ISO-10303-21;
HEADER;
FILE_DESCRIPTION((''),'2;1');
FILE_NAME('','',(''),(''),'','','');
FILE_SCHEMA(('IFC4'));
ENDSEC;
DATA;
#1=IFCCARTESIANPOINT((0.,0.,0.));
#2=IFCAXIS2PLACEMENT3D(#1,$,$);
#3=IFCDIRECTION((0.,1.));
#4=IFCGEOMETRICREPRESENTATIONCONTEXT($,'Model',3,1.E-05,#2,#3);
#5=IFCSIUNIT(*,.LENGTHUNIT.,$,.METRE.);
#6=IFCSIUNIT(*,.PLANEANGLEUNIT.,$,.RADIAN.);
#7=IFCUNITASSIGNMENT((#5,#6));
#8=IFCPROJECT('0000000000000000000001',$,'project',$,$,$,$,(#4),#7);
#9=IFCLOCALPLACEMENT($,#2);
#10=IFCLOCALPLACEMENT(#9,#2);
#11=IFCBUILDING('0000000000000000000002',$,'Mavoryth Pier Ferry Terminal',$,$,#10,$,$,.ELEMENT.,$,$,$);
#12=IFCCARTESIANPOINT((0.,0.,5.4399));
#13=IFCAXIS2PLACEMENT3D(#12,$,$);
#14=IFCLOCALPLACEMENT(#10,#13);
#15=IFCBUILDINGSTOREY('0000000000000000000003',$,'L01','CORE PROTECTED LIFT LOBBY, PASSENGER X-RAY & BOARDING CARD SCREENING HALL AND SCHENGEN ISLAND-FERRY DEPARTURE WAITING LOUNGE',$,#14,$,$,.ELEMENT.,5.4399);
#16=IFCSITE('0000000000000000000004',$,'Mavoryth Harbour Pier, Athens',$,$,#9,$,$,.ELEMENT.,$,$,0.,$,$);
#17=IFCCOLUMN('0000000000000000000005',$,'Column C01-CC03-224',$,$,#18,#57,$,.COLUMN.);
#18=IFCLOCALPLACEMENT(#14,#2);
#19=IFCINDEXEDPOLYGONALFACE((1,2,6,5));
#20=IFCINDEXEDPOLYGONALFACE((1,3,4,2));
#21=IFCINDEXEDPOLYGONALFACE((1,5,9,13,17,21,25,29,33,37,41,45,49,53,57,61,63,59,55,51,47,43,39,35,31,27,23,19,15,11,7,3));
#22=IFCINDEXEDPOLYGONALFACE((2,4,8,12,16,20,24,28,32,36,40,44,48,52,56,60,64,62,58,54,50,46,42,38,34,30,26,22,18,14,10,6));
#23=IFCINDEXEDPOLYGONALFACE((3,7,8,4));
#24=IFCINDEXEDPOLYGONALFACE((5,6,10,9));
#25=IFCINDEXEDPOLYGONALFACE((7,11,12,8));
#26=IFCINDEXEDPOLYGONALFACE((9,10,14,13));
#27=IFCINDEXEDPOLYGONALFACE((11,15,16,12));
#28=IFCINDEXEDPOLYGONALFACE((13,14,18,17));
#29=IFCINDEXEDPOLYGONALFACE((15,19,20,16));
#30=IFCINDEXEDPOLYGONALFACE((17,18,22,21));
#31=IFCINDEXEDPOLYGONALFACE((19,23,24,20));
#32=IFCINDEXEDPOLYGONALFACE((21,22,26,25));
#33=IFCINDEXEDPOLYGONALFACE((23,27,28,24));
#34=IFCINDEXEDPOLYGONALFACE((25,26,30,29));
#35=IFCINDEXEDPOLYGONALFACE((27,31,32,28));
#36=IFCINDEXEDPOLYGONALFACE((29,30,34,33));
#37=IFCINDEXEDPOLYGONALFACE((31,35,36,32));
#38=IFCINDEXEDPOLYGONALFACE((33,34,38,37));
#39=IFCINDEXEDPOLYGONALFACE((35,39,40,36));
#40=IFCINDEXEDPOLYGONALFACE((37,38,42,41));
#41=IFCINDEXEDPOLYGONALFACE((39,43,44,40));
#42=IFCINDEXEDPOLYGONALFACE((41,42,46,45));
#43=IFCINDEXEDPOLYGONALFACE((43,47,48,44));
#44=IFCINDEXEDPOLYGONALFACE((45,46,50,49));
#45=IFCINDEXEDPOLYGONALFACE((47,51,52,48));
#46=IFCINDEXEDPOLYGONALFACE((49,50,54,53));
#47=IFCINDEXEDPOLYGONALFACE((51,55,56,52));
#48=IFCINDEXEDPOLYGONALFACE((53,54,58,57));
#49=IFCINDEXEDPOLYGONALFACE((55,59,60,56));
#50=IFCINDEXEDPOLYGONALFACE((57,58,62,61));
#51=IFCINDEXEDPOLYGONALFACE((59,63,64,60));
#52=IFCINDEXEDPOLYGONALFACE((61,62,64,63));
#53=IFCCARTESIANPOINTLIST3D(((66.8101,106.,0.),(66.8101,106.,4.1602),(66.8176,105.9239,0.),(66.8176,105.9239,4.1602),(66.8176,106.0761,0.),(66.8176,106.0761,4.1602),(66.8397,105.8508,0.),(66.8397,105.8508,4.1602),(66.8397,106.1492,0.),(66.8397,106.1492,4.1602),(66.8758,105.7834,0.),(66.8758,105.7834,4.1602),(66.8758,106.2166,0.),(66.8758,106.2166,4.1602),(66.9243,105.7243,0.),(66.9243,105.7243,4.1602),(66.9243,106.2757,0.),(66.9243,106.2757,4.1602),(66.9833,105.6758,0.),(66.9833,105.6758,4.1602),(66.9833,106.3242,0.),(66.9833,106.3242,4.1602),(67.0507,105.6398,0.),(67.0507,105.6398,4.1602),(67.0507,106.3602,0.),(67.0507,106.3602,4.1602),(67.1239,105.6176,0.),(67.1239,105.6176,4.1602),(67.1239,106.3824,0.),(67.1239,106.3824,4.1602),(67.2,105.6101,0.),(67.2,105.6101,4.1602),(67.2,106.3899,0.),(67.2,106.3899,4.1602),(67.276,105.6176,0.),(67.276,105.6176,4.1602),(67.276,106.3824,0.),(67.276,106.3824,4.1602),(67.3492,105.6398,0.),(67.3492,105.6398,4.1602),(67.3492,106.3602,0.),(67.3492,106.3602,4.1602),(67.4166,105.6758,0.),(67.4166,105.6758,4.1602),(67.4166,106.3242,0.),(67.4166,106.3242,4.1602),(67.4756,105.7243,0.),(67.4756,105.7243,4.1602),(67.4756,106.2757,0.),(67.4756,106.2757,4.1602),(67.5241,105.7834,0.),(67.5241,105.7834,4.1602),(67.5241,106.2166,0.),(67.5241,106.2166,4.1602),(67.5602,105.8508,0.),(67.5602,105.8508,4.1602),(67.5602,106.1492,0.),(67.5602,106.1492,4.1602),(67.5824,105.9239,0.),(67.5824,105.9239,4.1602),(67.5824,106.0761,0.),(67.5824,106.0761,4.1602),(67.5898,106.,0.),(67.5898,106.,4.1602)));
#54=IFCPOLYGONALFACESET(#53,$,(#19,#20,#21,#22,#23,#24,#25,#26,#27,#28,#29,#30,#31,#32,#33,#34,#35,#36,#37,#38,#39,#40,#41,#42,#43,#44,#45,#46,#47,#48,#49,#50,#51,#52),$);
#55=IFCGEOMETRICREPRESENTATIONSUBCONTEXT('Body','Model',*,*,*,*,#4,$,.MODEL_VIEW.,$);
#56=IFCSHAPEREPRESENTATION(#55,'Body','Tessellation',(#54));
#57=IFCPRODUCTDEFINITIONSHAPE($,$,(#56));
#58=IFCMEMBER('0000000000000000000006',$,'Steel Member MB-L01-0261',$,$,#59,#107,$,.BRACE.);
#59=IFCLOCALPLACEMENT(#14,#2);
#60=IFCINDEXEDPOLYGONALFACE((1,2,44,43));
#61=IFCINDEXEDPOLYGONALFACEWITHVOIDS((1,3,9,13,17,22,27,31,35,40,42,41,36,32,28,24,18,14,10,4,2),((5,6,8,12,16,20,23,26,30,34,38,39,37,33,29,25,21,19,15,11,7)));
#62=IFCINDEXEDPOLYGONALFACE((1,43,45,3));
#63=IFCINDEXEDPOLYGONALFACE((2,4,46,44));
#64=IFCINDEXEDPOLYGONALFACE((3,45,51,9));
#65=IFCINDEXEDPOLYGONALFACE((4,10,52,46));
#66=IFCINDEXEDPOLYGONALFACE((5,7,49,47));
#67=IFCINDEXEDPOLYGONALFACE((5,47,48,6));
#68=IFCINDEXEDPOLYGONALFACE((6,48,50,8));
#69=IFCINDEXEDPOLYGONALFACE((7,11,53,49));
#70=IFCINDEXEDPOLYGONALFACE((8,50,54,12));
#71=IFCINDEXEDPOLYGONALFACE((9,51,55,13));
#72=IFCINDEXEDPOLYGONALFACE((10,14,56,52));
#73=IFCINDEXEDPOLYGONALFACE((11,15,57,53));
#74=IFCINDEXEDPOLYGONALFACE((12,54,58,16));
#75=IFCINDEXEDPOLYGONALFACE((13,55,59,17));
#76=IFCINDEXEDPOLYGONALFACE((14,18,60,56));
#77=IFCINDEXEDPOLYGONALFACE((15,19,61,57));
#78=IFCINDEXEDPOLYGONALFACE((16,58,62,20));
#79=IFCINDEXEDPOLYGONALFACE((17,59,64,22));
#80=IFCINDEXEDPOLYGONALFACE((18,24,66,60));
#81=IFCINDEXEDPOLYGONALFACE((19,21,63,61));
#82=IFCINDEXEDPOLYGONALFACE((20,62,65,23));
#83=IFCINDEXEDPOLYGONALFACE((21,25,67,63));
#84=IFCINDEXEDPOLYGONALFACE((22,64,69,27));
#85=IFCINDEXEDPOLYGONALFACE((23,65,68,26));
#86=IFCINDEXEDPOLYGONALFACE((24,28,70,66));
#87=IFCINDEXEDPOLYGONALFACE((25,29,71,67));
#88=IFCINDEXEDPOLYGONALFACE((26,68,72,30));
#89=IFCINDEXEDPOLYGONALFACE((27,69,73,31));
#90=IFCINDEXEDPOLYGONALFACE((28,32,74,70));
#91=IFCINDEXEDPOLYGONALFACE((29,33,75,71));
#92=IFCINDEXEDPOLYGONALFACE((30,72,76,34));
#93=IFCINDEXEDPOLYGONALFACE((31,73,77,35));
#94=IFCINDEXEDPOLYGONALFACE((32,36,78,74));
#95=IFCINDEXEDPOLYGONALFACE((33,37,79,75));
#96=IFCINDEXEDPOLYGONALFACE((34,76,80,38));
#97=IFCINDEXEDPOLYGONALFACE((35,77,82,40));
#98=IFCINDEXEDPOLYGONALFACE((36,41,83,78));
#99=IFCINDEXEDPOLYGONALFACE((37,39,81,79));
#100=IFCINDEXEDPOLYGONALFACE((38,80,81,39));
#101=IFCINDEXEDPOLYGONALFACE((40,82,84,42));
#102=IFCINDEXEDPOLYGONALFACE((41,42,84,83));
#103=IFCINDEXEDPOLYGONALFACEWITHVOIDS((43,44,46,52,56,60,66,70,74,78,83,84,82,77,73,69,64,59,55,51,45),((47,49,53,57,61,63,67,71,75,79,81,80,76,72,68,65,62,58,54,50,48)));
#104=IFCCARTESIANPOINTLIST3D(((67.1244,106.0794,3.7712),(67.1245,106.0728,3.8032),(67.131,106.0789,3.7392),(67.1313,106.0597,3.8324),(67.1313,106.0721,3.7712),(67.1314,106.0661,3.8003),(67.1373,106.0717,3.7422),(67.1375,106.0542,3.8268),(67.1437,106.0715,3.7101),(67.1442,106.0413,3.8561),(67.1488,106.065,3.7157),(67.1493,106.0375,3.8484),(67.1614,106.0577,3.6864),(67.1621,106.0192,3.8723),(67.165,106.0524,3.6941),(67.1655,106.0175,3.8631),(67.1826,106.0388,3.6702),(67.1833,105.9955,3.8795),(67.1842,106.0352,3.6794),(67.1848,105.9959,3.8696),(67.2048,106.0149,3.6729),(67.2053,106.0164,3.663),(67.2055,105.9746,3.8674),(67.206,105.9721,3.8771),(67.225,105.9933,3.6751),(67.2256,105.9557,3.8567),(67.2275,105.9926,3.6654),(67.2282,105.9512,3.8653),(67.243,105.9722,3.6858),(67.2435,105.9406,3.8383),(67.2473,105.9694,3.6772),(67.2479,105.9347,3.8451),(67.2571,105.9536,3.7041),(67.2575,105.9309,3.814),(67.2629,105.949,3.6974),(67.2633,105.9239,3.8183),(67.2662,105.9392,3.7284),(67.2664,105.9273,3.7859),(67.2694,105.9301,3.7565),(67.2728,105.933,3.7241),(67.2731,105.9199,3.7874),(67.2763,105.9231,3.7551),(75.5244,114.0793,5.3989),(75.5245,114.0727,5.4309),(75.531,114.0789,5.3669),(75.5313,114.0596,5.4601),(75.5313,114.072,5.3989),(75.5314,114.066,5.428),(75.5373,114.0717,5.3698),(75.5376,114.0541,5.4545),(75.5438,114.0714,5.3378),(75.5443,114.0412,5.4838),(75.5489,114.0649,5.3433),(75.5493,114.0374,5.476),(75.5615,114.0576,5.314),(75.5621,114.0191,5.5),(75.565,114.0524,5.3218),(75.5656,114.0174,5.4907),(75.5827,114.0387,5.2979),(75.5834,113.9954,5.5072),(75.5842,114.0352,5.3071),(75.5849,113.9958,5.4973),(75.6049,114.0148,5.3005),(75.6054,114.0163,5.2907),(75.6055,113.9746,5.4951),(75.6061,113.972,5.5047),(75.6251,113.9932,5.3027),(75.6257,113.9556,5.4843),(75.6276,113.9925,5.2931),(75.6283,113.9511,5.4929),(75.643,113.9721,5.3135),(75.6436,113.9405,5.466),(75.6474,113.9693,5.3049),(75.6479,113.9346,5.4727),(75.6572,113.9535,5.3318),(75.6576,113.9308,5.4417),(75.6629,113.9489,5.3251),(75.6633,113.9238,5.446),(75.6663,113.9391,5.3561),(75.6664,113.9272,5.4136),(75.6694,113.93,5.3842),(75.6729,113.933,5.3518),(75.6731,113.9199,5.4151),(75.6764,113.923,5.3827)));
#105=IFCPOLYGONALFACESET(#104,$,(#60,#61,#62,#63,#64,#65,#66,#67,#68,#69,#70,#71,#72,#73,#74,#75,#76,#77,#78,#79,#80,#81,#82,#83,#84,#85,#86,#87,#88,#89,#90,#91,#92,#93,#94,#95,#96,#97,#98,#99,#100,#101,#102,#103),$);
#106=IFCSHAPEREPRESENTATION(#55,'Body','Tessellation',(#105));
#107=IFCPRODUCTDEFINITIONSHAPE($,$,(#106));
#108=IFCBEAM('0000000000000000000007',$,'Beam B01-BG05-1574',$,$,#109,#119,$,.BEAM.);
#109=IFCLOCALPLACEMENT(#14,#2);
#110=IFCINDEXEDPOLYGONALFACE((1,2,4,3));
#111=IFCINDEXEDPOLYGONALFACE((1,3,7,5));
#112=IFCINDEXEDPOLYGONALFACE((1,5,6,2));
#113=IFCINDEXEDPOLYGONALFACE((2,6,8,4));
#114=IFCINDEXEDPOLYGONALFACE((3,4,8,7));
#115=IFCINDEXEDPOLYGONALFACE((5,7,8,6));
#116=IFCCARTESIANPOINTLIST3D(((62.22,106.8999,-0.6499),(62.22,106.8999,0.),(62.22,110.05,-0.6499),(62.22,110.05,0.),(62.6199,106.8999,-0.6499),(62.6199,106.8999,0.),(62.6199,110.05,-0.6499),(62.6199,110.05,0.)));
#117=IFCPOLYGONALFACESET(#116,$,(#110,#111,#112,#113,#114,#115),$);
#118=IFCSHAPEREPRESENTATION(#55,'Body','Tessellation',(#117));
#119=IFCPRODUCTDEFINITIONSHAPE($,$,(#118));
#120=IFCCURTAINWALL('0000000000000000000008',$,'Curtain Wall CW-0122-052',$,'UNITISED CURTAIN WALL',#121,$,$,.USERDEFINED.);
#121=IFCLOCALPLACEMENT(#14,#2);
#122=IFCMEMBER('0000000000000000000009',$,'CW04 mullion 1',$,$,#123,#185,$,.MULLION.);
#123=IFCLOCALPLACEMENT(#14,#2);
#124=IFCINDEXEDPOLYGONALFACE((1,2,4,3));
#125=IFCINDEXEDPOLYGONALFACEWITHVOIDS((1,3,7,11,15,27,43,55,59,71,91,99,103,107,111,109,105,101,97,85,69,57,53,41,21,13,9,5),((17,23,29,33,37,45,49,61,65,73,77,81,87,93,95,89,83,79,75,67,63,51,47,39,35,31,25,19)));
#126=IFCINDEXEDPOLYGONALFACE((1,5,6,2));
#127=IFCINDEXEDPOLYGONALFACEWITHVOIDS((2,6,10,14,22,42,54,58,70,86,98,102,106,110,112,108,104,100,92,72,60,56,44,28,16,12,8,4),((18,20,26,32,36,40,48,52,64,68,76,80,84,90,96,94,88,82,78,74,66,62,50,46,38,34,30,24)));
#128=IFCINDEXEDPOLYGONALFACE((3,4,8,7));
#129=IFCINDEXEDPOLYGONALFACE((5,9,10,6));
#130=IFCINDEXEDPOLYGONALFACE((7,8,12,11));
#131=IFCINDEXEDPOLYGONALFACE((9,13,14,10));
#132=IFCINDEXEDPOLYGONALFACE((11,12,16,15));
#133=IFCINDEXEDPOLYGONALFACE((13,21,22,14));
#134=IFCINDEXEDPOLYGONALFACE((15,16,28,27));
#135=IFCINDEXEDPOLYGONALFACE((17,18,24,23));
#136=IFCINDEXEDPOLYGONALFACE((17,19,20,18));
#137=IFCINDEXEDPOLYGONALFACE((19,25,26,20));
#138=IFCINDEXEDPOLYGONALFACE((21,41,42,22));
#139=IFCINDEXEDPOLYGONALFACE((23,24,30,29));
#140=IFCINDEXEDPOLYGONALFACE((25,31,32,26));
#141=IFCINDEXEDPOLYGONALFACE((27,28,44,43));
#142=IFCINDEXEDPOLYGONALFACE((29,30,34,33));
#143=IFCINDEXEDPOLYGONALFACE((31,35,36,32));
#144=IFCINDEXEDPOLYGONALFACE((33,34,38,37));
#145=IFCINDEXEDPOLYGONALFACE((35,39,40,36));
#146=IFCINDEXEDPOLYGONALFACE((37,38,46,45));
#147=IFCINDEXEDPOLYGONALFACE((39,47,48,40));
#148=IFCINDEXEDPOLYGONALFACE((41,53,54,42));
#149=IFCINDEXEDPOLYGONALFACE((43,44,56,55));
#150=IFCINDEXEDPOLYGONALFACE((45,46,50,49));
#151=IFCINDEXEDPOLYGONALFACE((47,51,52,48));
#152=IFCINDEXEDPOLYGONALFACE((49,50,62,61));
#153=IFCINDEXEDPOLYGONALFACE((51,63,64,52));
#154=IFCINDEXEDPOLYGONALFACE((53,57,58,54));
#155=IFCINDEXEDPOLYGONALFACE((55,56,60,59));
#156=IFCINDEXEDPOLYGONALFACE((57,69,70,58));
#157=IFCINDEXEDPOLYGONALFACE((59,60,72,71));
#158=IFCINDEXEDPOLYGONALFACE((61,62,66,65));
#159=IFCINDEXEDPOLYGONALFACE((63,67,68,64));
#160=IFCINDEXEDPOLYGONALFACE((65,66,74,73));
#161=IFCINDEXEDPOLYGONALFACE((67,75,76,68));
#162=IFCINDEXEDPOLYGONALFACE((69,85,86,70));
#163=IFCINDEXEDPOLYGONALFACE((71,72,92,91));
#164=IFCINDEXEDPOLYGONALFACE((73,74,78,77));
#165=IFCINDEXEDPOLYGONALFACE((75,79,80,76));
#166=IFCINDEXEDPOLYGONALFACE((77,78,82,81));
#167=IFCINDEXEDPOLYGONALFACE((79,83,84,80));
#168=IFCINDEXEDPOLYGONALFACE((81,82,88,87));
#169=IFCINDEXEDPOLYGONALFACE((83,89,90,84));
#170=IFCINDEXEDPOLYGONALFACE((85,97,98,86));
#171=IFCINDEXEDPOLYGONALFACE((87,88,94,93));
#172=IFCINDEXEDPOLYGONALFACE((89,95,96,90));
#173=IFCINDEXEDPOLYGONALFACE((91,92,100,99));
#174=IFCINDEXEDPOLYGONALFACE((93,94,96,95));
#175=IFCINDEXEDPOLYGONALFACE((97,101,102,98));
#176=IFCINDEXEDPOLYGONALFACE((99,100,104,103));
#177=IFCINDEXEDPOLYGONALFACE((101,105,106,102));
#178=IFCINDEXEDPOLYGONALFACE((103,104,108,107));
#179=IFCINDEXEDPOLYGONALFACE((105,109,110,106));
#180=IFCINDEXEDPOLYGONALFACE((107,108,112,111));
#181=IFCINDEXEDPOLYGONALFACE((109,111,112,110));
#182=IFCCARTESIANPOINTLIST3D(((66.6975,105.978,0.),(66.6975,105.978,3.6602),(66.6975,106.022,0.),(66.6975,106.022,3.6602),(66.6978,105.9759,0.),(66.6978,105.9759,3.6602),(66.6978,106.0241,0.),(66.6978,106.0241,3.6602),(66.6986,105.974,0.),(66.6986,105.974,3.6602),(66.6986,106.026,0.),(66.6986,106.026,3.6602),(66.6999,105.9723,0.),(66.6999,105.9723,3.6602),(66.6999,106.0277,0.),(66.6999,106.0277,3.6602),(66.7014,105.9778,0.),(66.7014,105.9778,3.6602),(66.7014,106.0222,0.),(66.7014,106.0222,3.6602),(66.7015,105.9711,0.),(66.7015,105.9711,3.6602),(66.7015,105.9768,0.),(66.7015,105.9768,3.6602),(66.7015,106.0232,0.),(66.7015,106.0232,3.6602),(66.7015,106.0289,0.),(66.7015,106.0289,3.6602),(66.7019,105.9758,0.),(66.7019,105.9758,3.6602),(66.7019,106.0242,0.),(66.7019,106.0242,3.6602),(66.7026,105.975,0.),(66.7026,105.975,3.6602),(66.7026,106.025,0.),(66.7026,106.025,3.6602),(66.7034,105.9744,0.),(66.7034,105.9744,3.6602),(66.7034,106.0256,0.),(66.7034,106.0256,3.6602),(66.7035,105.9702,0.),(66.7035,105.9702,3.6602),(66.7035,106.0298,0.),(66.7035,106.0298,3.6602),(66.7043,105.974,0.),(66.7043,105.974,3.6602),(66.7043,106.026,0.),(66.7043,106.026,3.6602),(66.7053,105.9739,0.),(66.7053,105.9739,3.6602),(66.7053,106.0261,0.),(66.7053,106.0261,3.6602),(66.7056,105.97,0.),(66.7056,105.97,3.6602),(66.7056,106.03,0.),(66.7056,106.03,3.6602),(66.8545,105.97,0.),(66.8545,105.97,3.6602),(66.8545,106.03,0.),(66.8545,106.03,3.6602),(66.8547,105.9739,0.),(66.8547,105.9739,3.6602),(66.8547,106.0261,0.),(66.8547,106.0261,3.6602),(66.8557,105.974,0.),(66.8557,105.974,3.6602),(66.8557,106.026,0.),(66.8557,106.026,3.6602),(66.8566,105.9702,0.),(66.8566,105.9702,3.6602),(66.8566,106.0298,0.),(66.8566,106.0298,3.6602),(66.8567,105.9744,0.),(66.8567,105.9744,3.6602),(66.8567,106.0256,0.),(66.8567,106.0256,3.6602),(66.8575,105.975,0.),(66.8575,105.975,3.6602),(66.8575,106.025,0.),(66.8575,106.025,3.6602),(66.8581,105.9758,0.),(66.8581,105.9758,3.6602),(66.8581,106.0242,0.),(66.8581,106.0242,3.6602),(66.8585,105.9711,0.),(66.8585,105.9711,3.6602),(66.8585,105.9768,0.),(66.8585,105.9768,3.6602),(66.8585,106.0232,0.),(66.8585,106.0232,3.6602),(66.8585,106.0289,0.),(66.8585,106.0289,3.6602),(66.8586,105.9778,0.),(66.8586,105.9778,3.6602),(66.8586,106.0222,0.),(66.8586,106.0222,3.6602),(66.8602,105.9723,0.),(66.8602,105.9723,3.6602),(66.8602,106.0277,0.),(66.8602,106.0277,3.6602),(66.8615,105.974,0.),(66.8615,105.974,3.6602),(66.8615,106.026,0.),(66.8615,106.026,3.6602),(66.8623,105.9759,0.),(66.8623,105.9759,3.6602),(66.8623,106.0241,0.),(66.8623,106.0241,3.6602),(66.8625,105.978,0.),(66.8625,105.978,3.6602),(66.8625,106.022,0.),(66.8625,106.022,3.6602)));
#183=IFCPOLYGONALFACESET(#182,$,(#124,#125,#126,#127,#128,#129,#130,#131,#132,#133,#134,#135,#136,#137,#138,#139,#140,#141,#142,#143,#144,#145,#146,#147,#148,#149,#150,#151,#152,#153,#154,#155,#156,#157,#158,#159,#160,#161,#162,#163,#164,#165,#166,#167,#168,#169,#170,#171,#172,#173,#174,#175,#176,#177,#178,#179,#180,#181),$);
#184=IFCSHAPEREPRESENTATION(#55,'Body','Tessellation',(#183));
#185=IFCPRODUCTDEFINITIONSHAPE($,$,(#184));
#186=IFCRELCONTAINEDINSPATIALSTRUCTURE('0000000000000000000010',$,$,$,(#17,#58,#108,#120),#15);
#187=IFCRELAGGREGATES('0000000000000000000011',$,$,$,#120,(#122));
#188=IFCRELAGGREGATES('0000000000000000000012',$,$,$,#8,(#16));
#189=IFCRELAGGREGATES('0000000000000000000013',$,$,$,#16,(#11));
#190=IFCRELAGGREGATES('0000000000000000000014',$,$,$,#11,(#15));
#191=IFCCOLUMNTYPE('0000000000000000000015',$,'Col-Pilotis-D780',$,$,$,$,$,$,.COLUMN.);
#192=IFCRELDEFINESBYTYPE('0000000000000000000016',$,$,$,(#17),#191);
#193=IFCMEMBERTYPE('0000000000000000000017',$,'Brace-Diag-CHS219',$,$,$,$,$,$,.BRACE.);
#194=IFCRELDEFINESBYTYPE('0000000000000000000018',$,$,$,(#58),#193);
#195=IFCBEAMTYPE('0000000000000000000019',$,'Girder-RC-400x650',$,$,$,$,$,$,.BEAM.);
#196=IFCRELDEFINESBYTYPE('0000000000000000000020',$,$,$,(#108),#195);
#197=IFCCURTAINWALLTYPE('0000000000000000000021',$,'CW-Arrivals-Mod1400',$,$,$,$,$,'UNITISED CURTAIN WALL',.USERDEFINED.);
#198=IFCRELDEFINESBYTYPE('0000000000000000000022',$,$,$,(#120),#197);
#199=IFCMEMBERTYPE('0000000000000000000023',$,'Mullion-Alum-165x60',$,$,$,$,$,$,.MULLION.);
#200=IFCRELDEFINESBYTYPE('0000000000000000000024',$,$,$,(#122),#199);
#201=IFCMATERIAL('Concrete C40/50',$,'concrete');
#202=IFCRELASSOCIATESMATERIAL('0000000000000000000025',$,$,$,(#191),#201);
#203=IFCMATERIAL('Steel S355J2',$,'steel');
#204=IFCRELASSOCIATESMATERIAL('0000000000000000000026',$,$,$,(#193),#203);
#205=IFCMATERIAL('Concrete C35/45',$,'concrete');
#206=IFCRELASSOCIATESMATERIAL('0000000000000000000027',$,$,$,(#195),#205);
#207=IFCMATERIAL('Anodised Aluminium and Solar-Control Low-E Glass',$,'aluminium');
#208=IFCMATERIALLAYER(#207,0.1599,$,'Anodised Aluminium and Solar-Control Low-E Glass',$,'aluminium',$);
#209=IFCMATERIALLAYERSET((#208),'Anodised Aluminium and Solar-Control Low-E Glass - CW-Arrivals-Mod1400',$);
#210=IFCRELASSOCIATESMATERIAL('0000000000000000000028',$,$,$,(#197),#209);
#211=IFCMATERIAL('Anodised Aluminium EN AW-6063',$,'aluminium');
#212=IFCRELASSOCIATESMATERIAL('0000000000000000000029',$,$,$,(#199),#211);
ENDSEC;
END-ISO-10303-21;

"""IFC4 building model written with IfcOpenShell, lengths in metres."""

from ifc_helpers import new_model, si_unit, direction, frame, origin, origin_2d, place, context, subcontext, project, spatial, rectangle, hollow_rectangle, circle, hollow_circle, extrude, material, layer, layer_set, material_profile, profile_set, type_object, element, aggregate, save


model = new_model("IFC4")

# Units and contexts
model_context = context("Model", 3, precision=1e-05, world=origin(), true_north=direction((0.0, 1.0)))
body_context = subcontext(model_context, "Body", "Model", "MODEL_VIEW")
ifc_project = project(units=[si_unit("LENGTHUNIT", "METRE"), si_unit("PLANEANGLEUNIT", "RADIAN")], contexts=[model_context])

# Site, building, storey
site_placement = place(None, origin())
site = spatial("IfcSite", under=ifc_project, at=site_placement, Name="Mavoryth Harbour Pier, Athens", CompositionType="ELEMENT", RefElevation=0.0)
building_placement = place(site_placement, origin())
building = spatial("IfcBuilding", under=site, at=building_placement, Name="Mavoryth Pier Ferry Terminal", CompositionType="ELEMENT")
storey_placement = place(building_placement, frame((0.0, 0.0, 5.4399)))
storey = spatial("IfcBuildingStorey", under=building, at=storey_placement, Name="L01", Description="CORE PROTECTED LIFT LOBBY, PASSENGER X-RAY & BOARDING CARD SCREENING HALL AND SCHENGEN ISLAND-FERRY DEPARTURE WAITING LOUNGE", CompositionType="ELEMENT", Elevation=5.4399)

# Column
ifc_material_1 = material(Name="Concrete C40/50", Category="concrete")
ifc_material_profile_1 = material_profile(ifc_material_1, circle(Radius=0.3899, at=origin_2d()), Name="RC D780", Category="concrete")
ifc_profile_set_1 = profile_set([ifc_material_profile_1], Name="Concrete C40/50 - RC D780")
column_type = type_object("IfcColumnType", Name="Col-Pilotis-D780", PredefinedType="COLUMN", material=ifc_profile_set_1)
column_placement = place(storey_placement, frame((67.2, 106.0, 0.0), z_axis=(0.0, 0.0, 1.0), x_axis=(1.0, 0.0, 0.0)))
element("IfcColumn", 1, at=column_placement, inside=storey, type_object=column_type, Name="Column C01-CC03-224", PredefinedType="COLUMN", context=body_context, shape_type="SweptSolid", body=[
    extrude(circle(Radius=0.3899, at=origin_2d()), origin(), (0.0, 0.0, 1.0), 4.1602),
])

# Member
ifc_material_2 = material(Name="Steel S355J2", Category="steel")
ifc_material_profile_2 = material_profile(ifc_material_2, hollow_circle(Radius=0.1096, WallThickness=0.01, at=origin_2d()), Name="CHS 219.1x10.0", Category="steel")
ifc_profile_set_2 = profile_set([ifc_material_profile_2], Name="Steel S355J2 - CHS 219.1x10.0")
member_type_1 = type_object("IfcMemberType", Name="Brace-Diag-CHS219", PredefinedType="BRACE", material=ifc_profile_set_2)
member_1_placement = place(storey_placement, frame((67.2, 106.0, 3.7712), z_axis=(0.717119, 0.682958, 0.138955), x_axis=(-0.689649, 0.724144, 0.0)))
element("IfcMember", 2, at=member_1_placement, inside=storey, type_object=member_type_1, Name="Steel Member MB-L01-0261", PredefinedType="BRACE", context=body_context, shape_type="SweptSolid", body=[
    extrude(hollow_circle(Radius=0.1096, WallThickness=0.01, at=origin_2d()), origin(), (0.0, 0.0, 1.0), 11.7136),
])

# Beam
ifc_material_3 = material(Name="Concrete C35/45", Category="concrete")
ifc_material_profile_3 = material_profile(ifc_material_3, rectangle(XDim=0.3999, YDim=0.6499, at=origin_2d()), Name="RC 400x650", Category="concrete")
ifc_profile_set_3 = profile_set([ifc_material_profile_3], Name="Concrete C35/45 - RC 400x650")
beam_type = type_object("IfcBeamType", Name="Girder-RC-400x650", PredefinedType="BEAM", material=ifc_profile_set_3)
beam_placement = place(storey_placement, frame((62.4199, 106.8999, -0.325), z_axis=(0.0, 1.0, 0.0), x_axis=(-1.0, 0.0, 0.0)))
element("IfcBeam", 3, at=beam_placement, inside=storey, type_object=beam_type, Name="Beam B01-BG05-1574", PredefinedType="BEAM", context=body_context, shape_type="SweptSolid", body=[
    extrude(rectangle(XDim=0.3999, YDim=0.6499, at=origin_2d()), origin(), (0.0, 0.0, 1.0), 3.1501),
])

# Curtain wall, member
ifc_material_4 = material(Name="Anodised Aluminium and Solar-Control Low-E Glass", Category="aluminium")
ifc_layer_1 = layer(ifc_material_4, 0.1599, Name="Anodised Aluminium and Solar-Control Low-E Glass", Category="aluminium")
ifc_layer_set_1 = layer_set([ifc_layer_1], Name="Anodised Aluminium and Solar-Control Low-E Glass - CW-Arrivals-Mod1400")
curtain_wall_type = type_object("IfcCurtainWallType", Name="CW-Arrivals-Mod1400", ElementType="UNITISED CURTAIN WALL", PredefinedType="USERDEFINED", material=ifc_layer_set_1)
curtain_wall_placement = place(storey_placement, origin())
curtain_wall = element("IfcCurtainWall", 4, at=curtain_wall_placement, inside=storey, type_object=curtain_wall_type, Name="Curtain Wall CW-0122-052", ObjectType="UNITISED CURTAIN WALL", PredefinedType="USERDEFINED")
ifc_material_5 = material(Name="Anodised Aluminium EN AW-6063", Category="aluminium")
ifc_material_profile_4 = material_profile(ifc_material_5, hollow_rectangle(XDim=0.0601, YDim=0.165, WallThickness=0.0039, InnerFilletRadius=0.0039, OuterFilletRadius=0.0081, at=origin_2d()), Name="AL-MULL 165x60x4", Category="aluminium")
ifc_profile_set_4 = profile_set([ifc_material_profile_4], Name="Anodised Aluminium EN AW-6063 - AL-MULL 165x60x4")
member_type_2 = type_object("IfcMemberType", Name="Mullion-Alum-165x60", PredefinedType="MULLION", material=ifc_profile_set_4)
member_2_placement = place(storey_placement, frame((66.78, 106.0, 0.0), z_axis=(0.0, 0.0, 1.0), x_axis=(0.0, -1.0, 0.0)))
member_2 = element("IfcMember", 5, at=member_2_placement, type_object=member_type_2, Name="CW04 mullion 1", PredefinedType="MULLION", context=body_context, shape_type="SweptSolid", body=[
    extrude(hollow_rectangle(XDim=0.0601, YDim=0.165, WallThickness=0.0039, InnerFilletRadius=0.0039, OuterFilletRadius=0.0081, at=origin_2d()), origin(), (0.0, 0.0, 1.0), 3.6602),
])

aggregate(curtain_wall, [member_2])

save(model, "model.ifc")
